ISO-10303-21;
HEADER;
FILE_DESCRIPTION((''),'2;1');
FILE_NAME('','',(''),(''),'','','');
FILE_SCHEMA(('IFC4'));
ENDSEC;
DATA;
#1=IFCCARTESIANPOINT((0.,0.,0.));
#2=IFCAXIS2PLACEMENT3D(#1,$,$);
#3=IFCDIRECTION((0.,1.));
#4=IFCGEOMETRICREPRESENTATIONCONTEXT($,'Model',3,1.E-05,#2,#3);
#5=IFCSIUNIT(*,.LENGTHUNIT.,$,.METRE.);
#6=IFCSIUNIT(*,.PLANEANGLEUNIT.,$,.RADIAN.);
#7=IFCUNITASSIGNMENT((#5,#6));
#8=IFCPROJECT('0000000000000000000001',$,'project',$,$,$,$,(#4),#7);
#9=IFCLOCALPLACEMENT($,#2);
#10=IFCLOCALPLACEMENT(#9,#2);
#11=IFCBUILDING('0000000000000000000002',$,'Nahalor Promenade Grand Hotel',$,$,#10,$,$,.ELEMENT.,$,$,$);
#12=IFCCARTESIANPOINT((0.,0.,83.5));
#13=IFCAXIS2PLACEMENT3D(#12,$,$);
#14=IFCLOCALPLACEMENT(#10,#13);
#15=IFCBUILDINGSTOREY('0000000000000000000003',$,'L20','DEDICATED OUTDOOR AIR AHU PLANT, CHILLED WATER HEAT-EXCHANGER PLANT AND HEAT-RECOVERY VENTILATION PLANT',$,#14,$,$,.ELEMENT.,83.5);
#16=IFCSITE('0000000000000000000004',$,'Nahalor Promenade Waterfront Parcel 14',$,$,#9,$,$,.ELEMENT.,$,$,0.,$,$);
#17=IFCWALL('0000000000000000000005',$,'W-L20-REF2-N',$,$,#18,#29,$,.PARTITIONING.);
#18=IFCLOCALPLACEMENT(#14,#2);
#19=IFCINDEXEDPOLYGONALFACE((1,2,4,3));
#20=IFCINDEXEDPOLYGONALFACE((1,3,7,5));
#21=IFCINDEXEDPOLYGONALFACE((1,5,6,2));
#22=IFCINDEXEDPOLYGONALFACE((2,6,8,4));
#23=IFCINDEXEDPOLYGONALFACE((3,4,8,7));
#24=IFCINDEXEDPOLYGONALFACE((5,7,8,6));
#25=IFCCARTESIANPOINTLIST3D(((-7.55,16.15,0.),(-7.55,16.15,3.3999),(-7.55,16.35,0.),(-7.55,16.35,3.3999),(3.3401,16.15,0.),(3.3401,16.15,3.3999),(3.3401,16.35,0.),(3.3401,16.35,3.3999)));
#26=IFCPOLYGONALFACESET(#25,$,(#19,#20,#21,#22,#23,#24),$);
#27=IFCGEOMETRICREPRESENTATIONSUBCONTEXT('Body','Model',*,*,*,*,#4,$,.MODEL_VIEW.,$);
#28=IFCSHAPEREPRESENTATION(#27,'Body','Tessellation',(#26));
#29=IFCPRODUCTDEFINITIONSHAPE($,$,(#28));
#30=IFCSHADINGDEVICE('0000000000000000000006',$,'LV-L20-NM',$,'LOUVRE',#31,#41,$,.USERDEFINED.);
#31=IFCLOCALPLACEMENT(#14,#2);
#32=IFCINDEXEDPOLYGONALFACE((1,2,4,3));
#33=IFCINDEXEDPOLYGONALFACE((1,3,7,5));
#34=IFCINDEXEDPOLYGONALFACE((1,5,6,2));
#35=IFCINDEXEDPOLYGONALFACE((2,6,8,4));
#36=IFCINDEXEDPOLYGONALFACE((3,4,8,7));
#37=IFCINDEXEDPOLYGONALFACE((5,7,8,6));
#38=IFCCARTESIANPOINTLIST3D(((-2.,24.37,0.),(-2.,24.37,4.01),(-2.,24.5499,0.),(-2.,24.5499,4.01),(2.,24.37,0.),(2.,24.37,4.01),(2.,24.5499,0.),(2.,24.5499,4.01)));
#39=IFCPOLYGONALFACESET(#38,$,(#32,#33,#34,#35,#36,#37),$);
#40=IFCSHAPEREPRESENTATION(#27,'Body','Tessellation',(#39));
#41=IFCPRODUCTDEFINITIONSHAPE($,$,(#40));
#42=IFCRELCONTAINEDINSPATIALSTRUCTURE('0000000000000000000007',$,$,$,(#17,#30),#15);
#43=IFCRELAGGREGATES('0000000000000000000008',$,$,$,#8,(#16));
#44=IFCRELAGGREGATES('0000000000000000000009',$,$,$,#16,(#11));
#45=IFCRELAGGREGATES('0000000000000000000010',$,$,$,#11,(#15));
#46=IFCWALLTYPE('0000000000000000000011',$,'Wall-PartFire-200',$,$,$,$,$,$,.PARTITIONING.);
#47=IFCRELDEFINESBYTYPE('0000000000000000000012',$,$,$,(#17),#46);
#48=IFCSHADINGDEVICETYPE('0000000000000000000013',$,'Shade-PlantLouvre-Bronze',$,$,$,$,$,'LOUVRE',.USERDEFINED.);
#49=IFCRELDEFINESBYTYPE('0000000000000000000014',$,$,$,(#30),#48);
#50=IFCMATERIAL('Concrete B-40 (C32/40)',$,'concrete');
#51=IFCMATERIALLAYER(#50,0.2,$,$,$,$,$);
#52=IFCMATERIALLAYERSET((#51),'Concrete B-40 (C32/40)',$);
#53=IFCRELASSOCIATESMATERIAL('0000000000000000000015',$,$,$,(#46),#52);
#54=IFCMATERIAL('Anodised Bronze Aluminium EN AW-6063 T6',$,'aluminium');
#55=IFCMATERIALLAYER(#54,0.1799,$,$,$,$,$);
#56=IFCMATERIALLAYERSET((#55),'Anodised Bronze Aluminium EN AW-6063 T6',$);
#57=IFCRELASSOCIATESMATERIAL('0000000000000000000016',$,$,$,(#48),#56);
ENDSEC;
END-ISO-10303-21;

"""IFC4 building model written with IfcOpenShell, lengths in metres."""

from ifc_helpers import new_model, si_unit, direction, frame, frame_2d, origin, origin_2d, place, context, subcontext, project, spatial, rectangle, extrude, source, transform, mapped, material, layer, layer_set, type_object, element, save


model = new_model("IFC4")

# Units and contexts
model_context = context("Model", 3, precision=1e-05, world=origin(), true_north=direction((0.0, 1.0)))
body_context = subcontext(model_context, "Body", "Model", "MODEL_VIEW")
ifc_project = project(units=[si_unit("LENGTHUNIT", "METRE"), si_unit("PLANEANGLEUNIT", "RADIAN")], contexts=[model_context])

# Site, building, storey
site_placement = place(None, origin())
site = spatial("IfcSite", under=ifc_project, at=site_placement, Name="Nahalor Promenade Waterfront Parcel 14", CompositionType="ELEMENT", RefElevation=0.0)
building_placement = place(site_placement, origin())
building = spatial("IfcBuilding", under=site, at=building_placement, Name="Nahalor Promenade Grand Hotel", CompositionType="ELEMENT")
storey_placement = place(building_placement, frame((0.0, 0.0, 83.5)))
storey = spatial("IfcBuildingStorey", under=building, at=storey_placement, Name="L20", Description="DEDICATED OUTDOOR AIR AHU PLANT, CHILLED WATER HEAT-EXCHANGER PLANT AND HEAT-RECOVERY VENTILATION PLANT", CompositionType="ELEMENT", Elevation=83.5)

# Wall
ifc_material_1 = material(Name="Concrete B-40 (C32/40)", Category="concrete")
ifc_layer_1 = layer(ifc_material_1, 0.2)
ifc_layer_set_1 = layer_set([ifc_layer_1], Name="Concrete B-40 (C32/40)")
wall_type_1 = type_object("IfcWallType", Name="Wall-PartFire-200", PredefinedType="PARTITIONING", material=ifc_layer_set_1)
shared_shape_1 = source(origin(), body_context, "Body", "SweptSolid", [
    extrude(rectangle(XDim=10.8901, YDim=0.2, at=frame_2d((5.4451, 0.0))), origin(), (0.0, 0.0, 1.0), 3.3999),
])
wall_1_placement = place(storey_placement, frame((-7.55, 16.25, 0.0), z_axis=(0.0, 0.0, 1.0), x_axis=(1.0, 0.0, 0.0)))
element("IfcWall", 1, at=wall_1_placement, inside=storey, type_object=wall_type_1, Name="W-L20-REF2-N", PredefinedType="PARTITIONING", context=body_context, shape_type="MappedRepresentation", body=[
    mapped(shared_shape_1, transform((0.0, 0.0, 0.0), scale=1.0)),
])

# Shading device
ifc_material_2 = material(Name="Anodised Bronze Aluminium EN AW-6063 T6", Category="aluminium")
ifc_layer_2 = layer(ifc_material_2, 0.1799)
ifc_layer_set_2 = layer_set([ifc_layer_2], Name="Anodised Bronze Aluminium EN AW-6063 T6")
shading_device_type = type_object("IfcShadingDeviceType", Name="Shade-PlantLouvre-Bronze", ElementType="LOUVRE", PredefinedType="USERDEFINED", material=ifc_layer_set_2)
shared_shape_2 = source(origin(), body_context, "Body", "SweptSolid", [
    extrude(rectangle(XDim=4.0, YDim=0.1799, at=origin_2d()), origin(), (0.0, 0.0, 1.0), 4.01),
])
shading_device_placement = place(storey_placement, frame((0.0, 24.46, 0.0), z_axis=(0.0, 0.0, 1.0), x_axis=(1.0, 0.0, 0.0)))
element("IfcShadingDevice", 2, at=shading_device_placement, inside=storey, type_object=shading_device_type, Name="LV-L20-NM", ObjectType="LOUVRE", PredefinedType="USERDEFINED", context=body_context, shape_type="MappedRepresentation", body=[
    mapped(shared_shape_2, transform((0.0, 0.0, 0.0), scale=1.0)),
])

save(model, "model.ifc")
